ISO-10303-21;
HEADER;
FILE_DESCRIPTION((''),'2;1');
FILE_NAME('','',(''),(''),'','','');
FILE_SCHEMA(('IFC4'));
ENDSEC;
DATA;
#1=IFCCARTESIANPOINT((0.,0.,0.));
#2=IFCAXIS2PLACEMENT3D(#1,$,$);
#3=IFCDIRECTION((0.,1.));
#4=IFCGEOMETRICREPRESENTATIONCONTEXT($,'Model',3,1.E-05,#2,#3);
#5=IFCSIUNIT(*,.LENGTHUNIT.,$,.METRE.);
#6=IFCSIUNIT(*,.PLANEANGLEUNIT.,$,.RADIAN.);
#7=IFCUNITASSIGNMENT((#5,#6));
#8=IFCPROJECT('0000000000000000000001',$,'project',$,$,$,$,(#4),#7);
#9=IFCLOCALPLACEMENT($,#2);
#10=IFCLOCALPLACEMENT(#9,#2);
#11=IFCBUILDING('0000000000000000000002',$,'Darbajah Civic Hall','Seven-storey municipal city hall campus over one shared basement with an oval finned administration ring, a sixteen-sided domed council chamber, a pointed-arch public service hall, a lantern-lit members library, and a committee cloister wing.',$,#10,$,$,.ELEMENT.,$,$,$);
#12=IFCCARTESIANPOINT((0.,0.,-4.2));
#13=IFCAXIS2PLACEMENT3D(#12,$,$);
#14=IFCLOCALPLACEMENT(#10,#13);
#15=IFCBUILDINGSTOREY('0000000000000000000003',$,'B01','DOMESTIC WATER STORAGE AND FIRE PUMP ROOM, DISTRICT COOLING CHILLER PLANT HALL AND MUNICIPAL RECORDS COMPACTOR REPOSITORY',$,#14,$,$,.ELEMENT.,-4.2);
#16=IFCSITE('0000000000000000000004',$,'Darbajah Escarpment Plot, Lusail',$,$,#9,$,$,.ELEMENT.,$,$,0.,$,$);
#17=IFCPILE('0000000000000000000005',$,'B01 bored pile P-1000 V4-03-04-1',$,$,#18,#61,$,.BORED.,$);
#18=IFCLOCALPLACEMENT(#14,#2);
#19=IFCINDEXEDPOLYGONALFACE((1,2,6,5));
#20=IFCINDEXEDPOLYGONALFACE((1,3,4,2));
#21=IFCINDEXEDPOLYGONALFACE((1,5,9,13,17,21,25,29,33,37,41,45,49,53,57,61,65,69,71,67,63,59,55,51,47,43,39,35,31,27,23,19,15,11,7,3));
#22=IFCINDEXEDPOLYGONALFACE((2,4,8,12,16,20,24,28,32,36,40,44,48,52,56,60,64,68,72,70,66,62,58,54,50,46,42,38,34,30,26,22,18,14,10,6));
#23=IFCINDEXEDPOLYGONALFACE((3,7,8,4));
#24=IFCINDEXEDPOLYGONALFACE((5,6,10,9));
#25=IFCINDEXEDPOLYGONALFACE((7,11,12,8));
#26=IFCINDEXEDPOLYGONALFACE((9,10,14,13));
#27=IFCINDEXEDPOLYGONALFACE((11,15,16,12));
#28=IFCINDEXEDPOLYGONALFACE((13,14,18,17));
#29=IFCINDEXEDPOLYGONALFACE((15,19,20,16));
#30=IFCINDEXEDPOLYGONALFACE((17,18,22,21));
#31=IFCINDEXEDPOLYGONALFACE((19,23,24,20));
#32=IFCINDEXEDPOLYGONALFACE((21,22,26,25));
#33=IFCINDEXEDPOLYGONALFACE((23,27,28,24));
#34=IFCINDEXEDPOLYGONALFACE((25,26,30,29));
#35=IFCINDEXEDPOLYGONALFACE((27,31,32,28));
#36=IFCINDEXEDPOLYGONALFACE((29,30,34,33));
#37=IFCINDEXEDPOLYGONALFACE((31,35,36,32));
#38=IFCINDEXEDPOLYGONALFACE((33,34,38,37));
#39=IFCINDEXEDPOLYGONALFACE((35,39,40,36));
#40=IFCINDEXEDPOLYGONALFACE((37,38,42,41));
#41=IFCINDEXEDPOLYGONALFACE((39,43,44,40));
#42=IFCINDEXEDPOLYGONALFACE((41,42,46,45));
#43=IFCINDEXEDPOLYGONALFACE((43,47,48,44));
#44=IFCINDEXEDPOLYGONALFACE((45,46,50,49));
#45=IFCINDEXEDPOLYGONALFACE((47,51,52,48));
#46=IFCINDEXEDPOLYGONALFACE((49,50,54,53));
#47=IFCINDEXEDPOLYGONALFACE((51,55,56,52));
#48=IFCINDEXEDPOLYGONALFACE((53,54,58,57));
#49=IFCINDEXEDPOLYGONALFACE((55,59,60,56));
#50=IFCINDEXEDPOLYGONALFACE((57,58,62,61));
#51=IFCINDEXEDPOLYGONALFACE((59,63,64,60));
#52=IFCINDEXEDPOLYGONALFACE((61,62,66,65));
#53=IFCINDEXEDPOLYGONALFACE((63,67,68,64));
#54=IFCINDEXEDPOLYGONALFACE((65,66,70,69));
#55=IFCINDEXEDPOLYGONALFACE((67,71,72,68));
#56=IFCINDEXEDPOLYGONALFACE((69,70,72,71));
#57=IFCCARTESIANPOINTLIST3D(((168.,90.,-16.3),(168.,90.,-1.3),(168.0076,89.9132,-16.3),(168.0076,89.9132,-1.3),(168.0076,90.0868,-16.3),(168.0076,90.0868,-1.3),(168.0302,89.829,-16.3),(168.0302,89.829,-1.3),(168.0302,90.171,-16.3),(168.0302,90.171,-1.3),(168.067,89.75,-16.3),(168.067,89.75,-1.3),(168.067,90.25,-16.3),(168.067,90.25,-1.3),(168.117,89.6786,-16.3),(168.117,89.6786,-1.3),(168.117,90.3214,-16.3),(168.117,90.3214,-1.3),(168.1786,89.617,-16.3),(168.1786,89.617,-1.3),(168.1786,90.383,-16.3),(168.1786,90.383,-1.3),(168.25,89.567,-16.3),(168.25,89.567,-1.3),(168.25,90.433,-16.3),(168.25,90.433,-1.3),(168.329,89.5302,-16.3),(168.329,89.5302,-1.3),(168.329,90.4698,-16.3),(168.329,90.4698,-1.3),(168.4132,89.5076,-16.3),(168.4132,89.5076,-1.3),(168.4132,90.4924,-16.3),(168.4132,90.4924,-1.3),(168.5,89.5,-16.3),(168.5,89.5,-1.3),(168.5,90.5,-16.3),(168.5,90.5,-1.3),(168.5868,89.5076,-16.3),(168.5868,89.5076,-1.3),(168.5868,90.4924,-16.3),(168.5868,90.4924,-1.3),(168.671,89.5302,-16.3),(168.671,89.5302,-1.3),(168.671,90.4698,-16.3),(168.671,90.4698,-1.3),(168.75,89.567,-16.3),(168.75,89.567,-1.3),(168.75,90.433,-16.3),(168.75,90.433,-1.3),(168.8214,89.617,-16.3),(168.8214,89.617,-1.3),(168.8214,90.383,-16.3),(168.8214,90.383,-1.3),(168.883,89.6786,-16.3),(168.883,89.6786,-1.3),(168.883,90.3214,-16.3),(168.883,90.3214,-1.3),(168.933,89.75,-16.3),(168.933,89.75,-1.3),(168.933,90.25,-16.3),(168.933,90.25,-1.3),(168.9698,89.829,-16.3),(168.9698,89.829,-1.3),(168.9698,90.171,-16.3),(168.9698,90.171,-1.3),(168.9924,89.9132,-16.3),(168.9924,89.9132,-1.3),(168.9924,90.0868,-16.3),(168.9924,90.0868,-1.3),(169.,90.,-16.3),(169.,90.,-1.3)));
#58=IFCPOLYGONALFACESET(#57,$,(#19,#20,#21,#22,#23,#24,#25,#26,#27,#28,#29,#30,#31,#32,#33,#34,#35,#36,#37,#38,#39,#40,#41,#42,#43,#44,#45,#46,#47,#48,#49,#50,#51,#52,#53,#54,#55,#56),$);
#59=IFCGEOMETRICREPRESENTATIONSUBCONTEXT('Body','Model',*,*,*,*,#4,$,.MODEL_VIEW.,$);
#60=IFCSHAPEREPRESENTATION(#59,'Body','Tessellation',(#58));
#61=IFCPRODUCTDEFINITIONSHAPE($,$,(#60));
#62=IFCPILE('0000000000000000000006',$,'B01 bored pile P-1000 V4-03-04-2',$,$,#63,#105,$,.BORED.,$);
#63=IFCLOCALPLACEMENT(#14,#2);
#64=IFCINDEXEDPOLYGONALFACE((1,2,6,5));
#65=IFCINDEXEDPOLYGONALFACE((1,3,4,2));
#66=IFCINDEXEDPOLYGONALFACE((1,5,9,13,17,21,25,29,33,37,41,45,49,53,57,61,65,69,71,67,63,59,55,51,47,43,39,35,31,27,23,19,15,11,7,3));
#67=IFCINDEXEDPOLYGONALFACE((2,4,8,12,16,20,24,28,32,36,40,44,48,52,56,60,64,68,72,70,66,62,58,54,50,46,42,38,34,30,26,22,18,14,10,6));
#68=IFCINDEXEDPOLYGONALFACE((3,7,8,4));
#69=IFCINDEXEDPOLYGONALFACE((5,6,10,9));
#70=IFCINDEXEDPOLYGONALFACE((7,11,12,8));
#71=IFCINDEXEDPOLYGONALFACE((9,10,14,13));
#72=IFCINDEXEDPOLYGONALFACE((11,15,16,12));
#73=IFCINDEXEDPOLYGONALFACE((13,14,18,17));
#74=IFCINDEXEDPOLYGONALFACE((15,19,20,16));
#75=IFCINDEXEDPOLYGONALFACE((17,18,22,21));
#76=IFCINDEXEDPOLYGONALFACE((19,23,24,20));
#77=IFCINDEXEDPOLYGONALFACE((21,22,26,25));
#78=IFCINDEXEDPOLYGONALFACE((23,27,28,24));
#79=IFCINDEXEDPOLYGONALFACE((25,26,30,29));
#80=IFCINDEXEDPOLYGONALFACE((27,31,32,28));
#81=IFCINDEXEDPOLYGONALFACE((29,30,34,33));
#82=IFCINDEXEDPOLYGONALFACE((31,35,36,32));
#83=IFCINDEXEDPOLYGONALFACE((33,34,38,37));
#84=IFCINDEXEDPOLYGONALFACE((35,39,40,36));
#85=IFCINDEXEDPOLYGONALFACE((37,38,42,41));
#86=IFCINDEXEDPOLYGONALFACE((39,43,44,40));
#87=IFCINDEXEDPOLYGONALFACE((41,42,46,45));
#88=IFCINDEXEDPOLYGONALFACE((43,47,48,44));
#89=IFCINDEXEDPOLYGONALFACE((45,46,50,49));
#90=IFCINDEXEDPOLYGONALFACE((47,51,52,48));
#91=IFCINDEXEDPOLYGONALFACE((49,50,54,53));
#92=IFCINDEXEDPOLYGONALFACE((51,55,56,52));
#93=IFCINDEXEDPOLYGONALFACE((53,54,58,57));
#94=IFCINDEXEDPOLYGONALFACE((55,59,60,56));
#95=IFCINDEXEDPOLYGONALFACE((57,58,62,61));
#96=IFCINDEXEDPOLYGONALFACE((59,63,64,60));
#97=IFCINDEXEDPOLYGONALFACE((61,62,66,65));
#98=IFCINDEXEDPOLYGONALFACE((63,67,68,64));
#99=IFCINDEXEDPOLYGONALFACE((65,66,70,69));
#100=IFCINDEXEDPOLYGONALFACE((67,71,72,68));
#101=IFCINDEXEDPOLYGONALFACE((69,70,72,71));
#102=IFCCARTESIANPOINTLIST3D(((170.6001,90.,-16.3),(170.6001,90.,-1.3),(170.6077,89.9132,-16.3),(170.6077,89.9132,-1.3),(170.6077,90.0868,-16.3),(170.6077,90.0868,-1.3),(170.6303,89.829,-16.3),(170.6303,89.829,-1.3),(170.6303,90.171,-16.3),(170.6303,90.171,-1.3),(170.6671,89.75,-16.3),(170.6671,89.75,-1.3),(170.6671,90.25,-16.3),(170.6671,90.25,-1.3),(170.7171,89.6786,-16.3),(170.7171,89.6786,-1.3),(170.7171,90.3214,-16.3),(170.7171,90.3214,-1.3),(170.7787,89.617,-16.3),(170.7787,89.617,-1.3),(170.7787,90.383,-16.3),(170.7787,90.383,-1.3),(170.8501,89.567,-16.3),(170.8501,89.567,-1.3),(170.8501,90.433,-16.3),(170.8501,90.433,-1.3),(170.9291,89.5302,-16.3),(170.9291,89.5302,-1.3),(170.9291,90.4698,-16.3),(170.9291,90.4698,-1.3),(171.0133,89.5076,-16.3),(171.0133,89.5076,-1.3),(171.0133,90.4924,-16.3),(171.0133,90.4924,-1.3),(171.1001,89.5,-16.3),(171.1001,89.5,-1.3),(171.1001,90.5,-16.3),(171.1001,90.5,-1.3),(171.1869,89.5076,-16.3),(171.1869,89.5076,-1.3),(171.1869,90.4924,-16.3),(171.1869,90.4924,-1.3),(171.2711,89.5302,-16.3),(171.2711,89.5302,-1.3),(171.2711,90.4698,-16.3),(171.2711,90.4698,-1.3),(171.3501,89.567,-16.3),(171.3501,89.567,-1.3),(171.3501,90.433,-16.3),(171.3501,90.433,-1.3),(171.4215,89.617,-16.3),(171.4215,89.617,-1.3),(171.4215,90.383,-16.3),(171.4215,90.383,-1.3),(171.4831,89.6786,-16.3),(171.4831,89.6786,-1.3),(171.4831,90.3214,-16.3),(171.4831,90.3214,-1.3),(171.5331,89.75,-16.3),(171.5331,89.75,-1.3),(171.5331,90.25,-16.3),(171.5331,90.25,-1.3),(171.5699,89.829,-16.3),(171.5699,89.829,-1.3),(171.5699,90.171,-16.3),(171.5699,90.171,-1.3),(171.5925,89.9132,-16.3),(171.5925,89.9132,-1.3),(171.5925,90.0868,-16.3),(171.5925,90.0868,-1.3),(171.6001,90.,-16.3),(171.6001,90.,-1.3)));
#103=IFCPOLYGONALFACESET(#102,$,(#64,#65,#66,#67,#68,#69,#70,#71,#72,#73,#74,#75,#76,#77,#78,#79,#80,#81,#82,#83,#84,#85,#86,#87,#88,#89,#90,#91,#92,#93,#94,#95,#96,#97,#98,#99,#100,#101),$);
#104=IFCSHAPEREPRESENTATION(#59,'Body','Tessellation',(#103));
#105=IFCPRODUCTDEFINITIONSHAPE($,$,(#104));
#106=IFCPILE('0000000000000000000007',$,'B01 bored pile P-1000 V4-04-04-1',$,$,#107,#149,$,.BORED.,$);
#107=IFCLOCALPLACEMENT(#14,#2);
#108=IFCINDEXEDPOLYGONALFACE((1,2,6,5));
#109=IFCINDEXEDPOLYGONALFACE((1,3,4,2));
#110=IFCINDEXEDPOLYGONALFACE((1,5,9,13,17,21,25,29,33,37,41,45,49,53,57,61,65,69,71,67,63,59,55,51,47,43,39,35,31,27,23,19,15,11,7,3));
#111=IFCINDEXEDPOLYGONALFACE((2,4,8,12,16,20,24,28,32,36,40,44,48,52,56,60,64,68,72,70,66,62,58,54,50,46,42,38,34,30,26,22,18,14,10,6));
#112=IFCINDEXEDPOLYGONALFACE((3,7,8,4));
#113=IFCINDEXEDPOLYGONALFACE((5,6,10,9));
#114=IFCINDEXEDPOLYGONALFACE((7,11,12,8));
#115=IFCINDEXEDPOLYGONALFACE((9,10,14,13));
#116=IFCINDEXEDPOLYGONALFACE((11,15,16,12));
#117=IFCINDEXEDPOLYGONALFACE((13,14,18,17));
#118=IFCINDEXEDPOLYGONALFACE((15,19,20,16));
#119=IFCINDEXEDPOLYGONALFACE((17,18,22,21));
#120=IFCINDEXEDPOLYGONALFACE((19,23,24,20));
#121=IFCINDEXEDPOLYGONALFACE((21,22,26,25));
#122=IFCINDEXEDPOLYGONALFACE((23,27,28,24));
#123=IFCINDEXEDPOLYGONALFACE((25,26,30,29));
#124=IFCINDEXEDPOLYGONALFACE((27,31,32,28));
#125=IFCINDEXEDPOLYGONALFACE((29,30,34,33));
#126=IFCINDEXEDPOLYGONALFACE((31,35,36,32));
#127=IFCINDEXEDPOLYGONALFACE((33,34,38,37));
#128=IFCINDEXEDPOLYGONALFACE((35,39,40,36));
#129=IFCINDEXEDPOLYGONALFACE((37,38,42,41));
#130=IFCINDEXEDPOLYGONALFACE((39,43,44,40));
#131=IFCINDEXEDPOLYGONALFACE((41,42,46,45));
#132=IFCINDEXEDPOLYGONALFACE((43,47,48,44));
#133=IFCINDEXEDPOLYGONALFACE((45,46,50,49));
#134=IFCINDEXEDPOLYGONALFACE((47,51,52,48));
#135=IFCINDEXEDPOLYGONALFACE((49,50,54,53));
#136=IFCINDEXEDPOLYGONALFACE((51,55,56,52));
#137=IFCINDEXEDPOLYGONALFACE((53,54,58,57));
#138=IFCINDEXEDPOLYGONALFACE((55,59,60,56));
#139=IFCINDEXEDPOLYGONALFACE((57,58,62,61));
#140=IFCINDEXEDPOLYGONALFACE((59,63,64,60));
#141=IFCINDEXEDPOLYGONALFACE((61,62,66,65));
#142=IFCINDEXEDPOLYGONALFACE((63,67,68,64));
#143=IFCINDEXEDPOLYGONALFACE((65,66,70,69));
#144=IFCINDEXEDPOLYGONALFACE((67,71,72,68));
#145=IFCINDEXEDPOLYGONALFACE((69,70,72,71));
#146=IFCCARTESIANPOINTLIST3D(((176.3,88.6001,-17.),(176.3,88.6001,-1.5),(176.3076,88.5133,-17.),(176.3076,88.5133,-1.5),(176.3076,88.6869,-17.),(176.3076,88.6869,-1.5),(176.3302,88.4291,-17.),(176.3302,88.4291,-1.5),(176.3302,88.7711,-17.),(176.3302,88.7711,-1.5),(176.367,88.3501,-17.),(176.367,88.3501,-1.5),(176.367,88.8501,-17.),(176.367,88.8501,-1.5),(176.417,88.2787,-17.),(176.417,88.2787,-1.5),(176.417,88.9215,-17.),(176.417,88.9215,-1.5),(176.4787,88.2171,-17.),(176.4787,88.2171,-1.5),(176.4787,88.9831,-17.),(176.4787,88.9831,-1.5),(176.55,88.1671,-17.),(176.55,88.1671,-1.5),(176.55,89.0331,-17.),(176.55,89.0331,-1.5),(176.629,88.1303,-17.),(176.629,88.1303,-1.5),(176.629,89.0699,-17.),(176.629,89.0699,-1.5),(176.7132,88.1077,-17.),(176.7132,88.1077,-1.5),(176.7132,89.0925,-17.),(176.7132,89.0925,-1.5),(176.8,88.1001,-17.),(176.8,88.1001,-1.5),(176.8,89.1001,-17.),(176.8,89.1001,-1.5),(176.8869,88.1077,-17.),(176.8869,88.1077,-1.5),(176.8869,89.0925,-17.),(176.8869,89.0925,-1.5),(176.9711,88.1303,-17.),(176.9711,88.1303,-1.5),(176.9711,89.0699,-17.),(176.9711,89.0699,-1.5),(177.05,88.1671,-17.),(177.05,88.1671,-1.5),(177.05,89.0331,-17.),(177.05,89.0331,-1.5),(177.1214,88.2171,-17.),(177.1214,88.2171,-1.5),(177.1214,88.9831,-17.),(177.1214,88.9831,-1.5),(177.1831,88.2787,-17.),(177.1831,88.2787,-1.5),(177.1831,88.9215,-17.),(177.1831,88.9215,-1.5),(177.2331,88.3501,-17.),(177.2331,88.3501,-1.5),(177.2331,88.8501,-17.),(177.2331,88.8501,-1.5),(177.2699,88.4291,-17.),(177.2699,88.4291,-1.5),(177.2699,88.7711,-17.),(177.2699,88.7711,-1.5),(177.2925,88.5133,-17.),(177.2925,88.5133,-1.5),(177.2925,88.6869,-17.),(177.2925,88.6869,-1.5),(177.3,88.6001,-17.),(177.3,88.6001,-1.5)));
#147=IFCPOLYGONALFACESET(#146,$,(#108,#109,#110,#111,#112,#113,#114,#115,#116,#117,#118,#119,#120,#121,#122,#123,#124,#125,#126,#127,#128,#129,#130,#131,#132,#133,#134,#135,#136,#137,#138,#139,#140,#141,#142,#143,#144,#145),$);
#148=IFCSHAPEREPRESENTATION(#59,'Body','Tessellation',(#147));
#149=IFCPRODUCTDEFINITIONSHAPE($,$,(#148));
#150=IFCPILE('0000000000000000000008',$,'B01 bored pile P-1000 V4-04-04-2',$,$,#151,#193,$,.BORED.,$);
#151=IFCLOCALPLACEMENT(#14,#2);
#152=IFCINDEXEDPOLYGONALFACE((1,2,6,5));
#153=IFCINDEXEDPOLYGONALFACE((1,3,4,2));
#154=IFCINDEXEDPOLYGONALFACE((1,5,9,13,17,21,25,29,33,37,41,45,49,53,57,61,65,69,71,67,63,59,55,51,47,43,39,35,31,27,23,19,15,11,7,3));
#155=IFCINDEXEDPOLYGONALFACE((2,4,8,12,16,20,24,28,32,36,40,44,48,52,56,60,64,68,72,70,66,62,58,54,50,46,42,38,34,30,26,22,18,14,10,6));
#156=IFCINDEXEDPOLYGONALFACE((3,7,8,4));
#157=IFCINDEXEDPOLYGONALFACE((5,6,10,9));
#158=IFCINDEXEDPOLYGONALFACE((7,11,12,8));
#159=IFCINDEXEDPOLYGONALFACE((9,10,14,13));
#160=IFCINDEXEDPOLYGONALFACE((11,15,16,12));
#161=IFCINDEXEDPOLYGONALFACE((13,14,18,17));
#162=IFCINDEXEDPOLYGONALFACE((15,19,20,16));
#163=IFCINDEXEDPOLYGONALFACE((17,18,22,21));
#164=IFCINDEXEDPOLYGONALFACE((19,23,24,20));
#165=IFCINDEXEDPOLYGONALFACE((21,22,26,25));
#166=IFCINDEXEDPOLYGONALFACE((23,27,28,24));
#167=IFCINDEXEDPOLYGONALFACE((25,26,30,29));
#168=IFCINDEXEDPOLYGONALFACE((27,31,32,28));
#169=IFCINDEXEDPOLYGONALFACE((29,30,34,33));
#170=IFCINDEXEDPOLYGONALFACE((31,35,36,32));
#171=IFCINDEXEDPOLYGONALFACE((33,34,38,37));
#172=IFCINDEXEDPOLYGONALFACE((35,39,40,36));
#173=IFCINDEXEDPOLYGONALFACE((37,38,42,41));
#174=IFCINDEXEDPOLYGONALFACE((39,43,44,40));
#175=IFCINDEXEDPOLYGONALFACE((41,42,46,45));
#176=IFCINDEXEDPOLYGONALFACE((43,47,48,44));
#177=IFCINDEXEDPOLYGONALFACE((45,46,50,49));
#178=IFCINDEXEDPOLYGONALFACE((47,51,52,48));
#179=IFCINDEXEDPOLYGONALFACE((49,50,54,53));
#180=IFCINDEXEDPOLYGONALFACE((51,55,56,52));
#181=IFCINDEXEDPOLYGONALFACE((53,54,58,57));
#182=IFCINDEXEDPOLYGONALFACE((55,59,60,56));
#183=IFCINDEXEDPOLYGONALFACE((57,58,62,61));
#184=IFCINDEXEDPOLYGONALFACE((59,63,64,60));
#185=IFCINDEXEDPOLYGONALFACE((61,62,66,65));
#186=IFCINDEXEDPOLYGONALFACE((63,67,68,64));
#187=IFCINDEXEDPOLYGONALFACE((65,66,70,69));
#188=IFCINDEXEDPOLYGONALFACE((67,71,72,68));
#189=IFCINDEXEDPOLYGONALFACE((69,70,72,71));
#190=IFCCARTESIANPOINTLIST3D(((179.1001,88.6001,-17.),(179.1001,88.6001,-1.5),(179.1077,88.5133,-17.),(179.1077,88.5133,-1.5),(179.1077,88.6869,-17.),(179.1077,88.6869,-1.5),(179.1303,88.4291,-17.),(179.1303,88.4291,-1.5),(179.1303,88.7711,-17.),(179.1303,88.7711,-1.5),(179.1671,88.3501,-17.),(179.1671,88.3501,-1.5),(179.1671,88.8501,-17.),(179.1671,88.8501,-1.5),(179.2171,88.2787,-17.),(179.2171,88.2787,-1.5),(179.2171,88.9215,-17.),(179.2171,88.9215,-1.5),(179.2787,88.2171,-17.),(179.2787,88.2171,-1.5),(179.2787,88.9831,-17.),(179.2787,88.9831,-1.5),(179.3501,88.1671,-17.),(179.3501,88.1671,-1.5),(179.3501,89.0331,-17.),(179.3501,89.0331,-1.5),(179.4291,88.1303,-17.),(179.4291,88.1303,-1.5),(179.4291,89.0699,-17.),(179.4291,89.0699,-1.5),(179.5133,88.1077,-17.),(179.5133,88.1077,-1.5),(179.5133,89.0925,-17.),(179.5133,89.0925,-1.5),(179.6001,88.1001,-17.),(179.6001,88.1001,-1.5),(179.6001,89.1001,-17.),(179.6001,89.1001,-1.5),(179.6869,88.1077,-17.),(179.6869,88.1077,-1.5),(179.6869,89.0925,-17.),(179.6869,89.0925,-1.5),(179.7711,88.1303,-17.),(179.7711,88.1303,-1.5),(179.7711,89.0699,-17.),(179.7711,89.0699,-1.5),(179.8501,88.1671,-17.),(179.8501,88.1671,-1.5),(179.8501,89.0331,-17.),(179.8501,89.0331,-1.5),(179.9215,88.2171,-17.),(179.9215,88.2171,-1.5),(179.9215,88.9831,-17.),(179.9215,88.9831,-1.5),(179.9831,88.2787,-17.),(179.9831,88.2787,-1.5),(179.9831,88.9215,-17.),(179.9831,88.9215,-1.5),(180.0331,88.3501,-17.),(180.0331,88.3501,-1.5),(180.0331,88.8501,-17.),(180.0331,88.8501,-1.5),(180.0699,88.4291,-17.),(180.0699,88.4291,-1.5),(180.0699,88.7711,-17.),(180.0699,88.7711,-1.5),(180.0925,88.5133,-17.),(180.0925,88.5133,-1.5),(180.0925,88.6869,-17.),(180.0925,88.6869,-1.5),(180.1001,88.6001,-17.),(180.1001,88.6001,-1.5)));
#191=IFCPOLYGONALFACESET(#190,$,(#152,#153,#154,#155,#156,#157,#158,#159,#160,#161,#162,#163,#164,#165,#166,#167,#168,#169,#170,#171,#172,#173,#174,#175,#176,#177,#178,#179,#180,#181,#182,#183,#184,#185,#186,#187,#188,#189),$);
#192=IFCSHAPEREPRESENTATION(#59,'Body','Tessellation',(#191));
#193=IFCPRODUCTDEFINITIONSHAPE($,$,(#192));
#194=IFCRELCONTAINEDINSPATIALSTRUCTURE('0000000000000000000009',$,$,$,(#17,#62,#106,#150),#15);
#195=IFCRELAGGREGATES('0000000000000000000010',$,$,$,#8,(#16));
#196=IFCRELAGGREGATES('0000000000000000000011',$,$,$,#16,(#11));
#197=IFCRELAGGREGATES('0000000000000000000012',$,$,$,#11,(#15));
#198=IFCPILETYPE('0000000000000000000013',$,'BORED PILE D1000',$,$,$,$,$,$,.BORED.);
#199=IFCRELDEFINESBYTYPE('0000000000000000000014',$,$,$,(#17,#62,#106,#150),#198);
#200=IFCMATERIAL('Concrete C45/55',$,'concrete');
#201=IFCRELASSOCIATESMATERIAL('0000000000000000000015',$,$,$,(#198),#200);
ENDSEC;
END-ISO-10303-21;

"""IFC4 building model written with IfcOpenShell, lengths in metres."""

from ifc_helpers import new_model, si_unit, direction, frame, origin, origin_2d, place, context, subcontext, project, spatial, circle, extrude, material, material_profile, profile_set, type_object, element, save


model = new_model("IFC4")

# Units and contexts
model_context = context("Model", 3, precision=1e-05, world=origin(), true_north=direction((0.0, 1.0)))
body_context = subcontext(model_context, "Body", "Model", "MODEL_VIEW")
ifc_project = project(units=[si_unit("LENGTHUNIT", "METRE"), si_unit("PLANEANGLEUNIT", "RADIAN")], contexts=[model_context])

# Site, building, storey
site_placement = place(None, origin())
site = spatial("IfcSite", under=ifc_project, at=site_placement, Name="Darbajah Escarpment Plot, Lusail", CompositionType="ELEMENT", RefElevation=0.0)
building_placement = place(site_placement, origin())
building = spatial("IfcBuilding", under=site, at=building_placement, Name="Darbajah Civic Hall", Description="Seven-storey municipal city hall campus over one shared basement with an oval finned administration ring, a sixteen-sided domed council chamber, a pointed-arch public service hall, a lantern-lit members library, and a committee cloister wing.", CompositionType="ELEMENT")
storey_placement = place(building_placement, frame((0.0, 0.0, -4.2)))
storey = spatial("IfcBuildingStorey", under=building, at=storey_placement, Name="B01", Description="DOMESTIC WATER STORAGE AND FIRE PUMP ROOM, DISTRICT COOLING CHILLER PLANT HALL AND MUNICIPAL RECORDS COMPACTOR REPOSITORY", CompositionType="ELEMENT", Elevation=-4.2)

# Piles
ifc_material_1 = material(Name="Concrete C45/55", Category="concrete")
ifc_material_profile_1 = material_profile(ifc_material_1, circle(Radius=0.5, at=origin_2d()), Name="BORED PILE D1000")
ifc_profile_set_1 = profile_set([ifc_material_profile_1], Name="Concrete C45/55")
pile_type_1 = type_object("IfcPileType", Name="BORED PILE D1000", PredefinedType="BORED", material=ifc_profile_set_1)
for number, where, z_axis, x_axis, name in (
    (1, (168.5, 90.0, -1.3), (0.0, 0.0, -1.0), (1.0, 0.0, 0.0), "B01 bored pile P-1000 V4-03-04-1"),
    (2, (171.1001, 90.0, -1.3), (0.0, 0.0, -1.0), (1.0, 0.0, 0.0), "B01 bored pile P-1000 V4-03-04-2"),
):
    element("IfcPile", number, at=place(storey_placement, frame(where, z_axis=z_axis, x_axis=x_axis)), inside=storey, type_object=pile_type_1, Name=name, PredefinedType="BORED", context=body_context, shape_type="SweptSolid", body=[
        extrude(circle(Radius=0.5, at=origin_2d()), origin(), (0.0, 0.0, 1.0), 15.0),
    ])
for number, where, z_axis, x_axis, name in (
    (3, (176.8, 88.6001, -1.5), (0.0, 0.0, -1.0), (1.0, 0.0, 0.0), "B01 bored pile P-1000 V4-04-04-1"),
    (4, (179.6001, 88.6001, -1.5), (0.0, 0.0, -1.0), (1.0, 0.0, 0.0), "B01 bored pile P-1000 V4-04-04-2"),
):
    element("IfcPile", number, at=place(storey_placement, frame(where, z_axis=z_axis, x_axis=x_axis)), inside=storey, type_object=pile_type_1, Name=name, PredefinedType="BORED", context=body_context, shape_type="SweptSolid", body=[
        extrude(circle(Radius=0.5, at=origin_2d()), origin(), (0.0, 0.0, 1.0), 15.5),
    ])

save(model, "model.ifc")
